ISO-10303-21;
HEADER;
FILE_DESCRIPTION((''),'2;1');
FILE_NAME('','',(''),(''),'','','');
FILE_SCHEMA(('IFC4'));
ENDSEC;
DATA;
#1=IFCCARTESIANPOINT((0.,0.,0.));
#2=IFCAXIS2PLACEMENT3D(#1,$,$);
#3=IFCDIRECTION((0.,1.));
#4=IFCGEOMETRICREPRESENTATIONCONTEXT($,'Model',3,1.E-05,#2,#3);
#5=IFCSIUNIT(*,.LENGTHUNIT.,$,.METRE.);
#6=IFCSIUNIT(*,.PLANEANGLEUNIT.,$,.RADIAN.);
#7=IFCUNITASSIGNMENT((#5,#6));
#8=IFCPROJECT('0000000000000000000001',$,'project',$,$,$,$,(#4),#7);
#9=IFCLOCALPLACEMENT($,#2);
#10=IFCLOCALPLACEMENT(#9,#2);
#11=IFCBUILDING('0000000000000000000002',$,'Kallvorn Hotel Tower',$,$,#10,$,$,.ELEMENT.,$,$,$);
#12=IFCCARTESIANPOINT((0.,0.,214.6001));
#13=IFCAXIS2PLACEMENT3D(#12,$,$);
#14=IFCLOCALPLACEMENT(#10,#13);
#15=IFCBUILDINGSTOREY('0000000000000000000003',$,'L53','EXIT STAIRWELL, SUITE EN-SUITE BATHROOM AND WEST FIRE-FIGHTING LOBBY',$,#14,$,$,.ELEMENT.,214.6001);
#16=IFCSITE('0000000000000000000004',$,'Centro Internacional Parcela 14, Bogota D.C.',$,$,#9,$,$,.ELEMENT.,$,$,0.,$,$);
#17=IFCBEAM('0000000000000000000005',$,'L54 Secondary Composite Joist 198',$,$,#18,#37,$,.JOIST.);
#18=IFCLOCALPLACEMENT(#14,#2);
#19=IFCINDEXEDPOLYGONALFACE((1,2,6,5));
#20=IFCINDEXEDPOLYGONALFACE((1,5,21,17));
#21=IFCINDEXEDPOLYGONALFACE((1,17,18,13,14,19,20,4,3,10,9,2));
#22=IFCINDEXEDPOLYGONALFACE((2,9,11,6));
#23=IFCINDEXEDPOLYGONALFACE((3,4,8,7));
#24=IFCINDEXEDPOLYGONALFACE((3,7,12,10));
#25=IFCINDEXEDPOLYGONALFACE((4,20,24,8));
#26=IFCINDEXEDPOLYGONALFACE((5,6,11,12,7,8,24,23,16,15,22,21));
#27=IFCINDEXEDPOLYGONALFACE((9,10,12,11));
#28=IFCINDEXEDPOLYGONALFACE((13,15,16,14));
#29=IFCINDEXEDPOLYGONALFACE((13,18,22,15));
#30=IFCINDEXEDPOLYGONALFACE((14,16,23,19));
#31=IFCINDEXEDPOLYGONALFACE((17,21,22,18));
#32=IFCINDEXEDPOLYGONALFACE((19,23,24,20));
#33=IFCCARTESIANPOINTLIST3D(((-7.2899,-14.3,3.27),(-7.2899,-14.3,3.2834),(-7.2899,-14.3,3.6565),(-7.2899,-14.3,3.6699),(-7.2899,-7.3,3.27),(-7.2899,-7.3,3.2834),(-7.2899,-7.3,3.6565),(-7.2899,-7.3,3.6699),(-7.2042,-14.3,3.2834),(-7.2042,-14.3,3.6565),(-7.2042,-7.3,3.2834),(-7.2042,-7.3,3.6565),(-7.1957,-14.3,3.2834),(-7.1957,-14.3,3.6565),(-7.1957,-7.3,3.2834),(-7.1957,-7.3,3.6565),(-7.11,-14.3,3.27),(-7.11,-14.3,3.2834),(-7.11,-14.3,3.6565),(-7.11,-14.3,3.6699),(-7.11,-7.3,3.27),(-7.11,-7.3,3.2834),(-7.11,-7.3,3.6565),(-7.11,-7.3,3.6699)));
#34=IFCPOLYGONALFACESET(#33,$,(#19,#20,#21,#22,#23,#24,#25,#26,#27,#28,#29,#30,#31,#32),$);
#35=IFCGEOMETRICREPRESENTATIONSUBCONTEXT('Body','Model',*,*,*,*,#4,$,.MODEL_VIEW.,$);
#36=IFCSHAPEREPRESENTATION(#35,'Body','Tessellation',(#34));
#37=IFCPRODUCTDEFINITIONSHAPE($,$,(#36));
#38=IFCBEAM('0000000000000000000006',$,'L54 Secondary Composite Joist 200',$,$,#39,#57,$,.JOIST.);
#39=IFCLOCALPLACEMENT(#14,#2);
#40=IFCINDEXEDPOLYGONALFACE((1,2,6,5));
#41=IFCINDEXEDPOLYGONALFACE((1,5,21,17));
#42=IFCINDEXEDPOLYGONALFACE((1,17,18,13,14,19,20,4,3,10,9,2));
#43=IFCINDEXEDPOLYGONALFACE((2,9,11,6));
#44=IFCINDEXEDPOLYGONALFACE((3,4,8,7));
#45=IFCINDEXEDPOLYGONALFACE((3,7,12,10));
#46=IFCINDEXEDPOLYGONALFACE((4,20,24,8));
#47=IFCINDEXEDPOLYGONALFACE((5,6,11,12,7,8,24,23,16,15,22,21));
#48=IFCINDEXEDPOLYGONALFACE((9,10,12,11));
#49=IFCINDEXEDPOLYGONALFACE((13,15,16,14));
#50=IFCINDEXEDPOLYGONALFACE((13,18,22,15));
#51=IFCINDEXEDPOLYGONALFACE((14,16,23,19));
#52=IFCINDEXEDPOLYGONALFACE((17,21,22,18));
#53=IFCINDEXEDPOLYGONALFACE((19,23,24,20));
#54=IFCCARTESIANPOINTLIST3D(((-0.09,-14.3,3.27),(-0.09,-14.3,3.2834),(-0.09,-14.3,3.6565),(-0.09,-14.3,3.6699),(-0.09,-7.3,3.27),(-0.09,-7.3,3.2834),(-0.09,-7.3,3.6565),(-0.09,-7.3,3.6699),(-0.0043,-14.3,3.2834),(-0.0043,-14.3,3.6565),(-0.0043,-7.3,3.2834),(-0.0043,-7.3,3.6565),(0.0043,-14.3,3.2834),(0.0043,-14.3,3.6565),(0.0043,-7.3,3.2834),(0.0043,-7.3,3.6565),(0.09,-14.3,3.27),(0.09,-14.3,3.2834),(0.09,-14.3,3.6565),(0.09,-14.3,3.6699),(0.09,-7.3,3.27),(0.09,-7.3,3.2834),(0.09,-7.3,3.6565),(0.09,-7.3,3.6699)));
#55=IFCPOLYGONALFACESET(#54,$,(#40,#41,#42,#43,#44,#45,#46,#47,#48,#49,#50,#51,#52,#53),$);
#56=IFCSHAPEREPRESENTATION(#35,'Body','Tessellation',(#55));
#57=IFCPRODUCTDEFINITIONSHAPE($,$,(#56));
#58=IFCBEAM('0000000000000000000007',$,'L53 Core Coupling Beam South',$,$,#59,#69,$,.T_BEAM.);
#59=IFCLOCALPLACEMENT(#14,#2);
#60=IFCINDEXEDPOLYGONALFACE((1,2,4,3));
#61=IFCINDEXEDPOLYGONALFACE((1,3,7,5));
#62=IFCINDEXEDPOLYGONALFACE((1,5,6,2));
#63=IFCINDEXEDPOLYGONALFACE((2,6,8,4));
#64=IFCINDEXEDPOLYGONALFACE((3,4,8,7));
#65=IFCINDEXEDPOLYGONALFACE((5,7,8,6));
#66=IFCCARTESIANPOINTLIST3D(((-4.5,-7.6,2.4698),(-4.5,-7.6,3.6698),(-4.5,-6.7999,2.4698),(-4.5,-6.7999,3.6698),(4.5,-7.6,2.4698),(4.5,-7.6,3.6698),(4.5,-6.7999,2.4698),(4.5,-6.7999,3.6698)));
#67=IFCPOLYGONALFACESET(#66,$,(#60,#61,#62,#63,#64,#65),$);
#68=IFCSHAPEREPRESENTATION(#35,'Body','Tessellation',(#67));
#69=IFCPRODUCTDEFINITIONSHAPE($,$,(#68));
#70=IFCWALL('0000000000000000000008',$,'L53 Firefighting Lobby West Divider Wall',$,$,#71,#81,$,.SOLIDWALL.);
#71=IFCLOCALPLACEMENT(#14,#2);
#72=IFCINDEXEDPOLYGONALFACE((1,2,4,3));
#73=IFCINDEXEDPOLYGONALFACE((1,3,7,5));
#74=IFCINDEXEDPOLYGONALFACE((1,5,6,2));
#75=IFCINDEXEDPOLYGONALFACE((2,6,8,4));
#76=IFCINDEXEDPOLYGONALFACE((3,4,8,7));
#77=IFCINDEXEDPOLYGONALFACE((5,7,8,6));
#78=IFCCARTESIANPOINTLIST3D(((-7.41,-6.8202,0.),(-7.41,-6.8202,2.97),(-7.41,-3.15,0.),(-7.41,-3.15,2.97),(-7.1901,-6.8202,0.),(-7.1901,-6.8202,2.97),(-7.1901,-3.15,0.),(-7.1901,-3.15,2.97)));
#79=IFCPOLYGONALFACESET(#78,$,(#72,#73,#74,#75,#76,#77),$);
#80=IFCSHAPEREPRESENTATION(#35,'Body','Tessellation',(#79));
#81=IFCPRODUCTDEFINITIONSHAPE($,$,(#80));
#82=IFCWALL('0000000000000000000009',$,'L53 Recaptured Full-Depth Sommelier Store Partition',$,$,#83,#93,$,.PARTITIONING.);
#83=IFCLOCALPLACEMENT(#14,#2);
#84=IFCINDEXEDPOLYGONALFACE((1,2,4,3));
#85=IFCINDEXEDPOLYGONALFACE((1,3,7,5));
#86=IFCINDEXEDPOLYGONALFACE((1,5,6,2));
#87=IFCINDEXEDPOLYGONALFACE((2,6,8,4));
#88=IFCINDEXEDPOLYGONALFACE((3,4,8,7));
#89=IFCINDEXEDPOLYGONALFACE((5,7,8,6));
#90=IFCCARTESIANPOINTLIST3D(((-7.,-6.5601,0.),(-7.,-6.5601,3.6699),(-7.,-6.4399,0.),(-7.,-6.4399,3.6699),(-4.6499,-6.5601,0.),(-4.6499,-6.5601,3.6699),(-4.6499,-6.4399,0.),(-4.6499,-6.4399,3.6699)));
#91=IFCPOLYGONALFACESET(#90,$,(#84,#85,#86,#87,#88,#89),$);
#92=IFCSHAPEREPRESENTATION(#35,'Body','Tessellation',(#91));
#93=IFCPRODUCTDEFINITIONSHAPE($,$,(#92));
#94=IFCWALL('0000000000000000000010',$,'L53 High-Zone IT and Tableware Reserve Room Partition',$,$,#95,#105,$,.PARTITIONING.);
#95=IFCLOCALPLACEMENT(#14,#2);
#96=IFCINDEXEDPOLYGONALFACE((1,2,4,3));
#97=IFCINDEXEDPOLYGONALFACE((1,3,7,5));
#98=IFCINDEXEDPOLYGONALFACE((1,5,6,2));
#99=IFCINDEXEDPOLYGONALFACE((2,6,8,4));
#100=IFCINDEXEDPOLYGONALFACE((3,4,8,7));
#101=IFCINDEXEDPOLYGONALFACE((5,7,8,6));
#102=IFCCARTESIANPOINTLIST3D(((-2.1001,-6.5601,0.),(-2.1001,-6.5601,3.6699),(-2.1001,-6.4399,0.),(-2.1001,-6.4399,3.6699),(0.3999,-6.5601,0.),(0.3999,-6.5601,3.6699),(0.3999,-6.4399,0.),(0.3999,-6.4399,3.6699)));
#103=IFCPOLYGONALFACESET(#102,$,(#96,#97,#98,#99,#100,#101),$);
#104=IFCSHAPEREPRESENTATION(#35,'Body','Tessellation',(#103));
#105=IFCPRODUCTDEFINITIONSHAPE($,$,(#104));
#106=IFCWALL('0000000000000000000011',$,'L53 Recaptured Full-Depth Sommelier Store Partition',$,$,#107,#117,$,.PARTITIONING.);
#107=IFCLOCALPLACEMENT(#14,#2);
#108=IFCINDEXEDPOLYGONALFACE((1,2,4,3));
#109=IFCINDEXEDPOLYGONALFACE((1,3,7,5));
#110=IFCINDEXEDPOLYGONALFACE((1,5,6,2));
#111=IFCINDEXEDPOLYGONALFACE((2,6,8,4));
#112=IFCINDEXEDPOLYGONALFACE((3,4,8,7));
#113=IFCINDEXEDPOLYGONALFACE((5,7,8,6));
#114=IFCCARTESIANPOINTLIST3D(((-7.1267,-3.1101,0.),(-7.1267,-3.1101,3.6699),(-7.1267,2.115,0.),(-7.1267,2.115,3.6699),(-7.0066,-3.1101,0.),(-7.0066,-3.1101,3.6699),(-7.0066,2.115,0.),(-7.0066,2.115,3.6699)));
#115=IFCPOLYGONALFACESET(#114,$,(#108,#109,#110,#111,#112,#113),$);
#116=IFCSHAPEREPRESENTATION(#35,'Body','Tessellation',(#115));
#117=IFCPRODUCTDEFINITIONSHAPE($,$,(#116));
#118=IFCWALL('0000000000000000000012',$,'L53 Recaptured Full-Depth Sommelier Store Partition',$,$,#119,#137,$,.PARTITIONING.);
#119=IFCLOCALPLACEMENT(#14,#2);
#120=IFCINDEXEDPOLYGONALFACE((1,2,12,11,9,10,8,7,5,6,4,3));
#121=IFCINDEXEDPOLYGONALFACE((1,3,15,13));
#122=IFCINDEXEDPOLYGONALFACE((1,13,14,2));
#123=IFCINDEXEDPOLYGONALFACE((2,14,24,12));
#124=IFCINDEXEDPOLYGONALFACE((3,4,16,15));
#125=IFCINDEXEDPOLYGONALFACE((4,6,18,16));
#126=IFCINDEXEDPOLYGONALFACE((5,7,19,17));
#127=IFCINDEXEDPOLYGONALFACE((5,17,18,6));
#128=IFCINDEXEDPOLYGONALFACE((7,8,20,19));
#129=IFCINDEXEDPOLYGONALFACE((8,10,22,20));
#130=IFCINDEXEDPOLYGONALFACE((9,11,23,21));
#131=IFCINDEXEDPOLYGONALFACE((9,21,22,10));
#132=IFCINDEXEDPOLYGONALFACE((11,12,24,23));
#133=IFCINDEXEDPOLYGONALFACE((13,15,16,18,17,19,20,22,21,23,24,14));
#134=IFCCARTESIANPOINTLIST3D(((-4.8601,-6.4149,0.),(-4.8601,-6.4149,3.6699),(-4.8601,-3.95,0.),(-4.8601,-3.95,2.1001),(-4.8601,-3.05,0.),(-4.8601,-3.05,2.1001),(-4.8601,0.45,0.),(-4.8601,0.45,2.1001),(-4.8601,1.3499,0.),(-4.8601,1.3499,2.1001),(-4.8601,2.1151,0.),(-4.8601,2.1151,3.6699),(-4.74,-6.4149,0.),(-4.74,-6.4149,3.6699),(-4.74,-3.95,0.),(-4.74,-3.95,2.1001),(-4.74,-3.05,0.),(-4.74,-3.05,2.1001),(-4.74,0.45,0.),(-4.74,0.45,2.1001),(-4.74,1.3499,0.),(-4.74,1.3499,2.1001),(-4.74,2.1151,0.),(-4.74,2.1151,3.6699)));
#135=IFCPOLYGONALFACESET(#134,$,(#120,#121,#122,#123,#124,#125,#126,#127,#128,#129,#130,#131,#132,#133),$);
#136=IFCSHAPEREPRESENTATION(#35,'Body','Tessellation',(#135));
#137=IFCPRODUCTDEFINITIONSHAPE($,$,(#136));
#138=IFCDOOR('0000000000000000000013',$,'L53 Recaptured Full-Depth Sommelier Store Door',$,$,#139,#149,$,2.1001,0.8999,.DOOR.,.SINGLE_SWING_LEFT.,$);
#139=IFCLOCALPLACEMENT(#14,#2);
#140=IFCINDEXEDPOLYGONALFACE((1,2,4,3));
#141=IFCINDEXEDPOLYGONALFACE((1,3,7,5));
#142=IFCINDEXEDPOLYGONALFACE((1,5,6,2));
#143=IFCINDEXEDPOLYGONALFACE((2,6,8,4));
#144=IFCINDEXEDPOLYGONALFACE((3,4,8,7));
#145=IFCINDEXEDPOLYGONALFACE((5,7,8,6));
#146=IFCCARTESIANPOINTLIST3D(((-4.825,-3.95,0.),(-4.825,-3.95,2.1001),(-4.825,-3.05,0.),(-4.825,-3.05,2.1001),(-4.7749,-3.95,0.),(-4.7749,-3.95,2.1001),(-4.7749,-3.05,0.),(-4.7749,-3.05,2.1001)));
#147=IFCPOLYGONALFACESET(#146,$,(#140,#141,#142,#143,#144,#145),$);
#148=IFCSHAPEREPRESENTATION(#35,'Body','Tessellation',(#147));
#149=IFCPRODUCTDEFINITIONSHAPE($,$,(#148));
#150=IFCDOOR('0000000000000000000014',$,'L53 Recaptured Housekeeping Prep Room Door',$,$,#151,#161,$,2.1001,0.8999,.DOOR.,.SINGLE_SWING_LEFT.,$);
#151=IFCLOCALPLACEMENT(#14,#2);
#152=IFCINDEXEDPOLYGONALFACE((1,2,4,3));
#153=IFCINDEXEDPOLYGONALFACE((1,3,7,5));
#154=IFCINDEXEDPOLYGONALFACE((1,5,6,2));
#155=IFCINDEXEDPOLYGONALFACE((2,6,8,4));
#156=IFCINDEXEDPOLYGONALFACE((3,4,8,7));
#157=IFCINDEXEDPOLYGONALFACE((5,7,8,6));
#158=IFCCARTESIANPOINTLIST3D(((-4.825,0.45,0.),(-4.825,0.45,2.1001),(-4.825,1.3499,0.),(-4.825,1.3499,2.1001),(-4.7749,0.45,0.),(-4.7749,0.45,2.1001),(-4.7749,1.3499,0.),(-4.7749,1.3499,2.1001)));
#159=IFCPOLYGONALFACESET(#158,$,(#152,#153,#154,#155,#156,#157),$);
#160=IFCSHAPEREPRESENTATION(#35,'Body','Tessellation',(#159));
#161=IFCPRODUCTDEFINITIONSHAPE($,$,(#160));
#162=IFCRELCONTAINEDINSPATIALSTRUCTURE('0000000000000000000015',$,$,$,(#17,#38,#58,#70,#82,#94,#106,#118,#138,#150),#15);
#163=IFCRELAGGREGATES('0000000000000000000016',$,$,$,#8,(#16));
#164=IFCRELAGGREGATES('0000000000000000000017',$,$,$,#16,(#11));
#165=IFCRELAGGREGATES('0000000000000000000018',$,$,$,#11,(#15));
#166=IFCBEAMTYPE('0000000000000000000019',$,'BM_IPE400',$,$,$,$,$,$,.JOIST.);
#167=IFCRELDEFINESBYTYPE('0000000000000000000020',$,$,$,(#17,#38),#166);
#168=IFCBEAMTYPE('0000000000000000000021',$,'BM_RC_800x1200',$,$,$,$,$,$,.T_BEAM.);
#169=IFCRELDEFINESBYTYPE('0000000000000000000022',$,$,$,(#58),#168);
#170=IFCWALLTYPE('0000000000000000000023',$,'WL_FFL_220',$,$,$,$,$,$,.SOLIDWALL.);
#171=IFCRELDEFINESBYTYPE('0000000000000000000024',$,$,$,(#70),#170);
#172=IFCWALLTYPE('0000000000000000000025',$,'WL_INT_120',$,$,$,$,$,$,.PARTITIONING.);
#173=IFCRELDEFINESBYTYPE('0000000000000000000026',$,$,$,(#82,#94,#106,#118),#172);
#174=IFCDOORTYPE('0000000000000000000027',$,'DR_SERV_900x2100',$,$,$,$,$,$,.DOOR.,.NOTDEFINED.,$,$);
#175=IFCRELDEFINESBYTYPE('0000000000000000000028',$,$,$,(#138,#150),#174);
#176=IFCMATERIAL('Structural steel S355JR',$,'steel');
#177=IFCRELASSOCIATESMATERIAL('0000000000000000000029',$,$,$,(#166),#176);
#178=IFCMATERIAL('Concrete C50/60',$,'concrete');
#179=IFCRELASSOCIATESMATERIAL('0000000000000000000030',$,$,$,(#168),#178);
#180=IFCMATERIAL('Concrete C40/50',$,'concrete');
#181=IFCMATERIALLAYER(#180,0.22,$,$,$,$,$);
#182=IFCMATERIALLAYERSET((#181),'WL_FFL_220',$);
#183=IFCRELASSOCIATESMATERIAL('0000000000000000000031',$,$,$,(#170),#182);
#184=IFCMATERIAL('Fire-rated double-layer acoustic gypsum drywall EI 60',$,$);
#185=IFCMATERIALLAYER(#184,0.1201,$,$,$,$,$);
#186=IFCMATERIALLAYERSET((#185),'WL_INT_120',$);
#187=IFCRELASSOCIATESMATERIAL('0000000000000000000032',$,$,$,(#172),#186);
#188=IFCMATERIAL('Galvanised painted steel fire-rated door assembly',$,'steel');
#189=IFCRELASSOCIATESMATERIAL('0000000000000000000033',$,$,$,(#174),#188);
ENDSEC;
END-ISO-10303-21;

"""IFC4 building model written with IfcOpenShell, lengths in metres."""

from ifc_helpers import new_model, si_unit, direction, frame, frame_2d, origin, origin_2d, place, context, subcontext, project, spatial, rectangle, i_section, extrude, material, layer, layer_set, material_profile, profile_set, type_object, element, fill, save


model = new_model("IFC4")

# Units and contexts
model_context = context("Model", 3, precision=1e-05, world=origin(), true_north=direction((0.0, 1.0)))
body_context = subcontext(model_context, "Body", "Model", "MODEL_VIEW")
ifc_project = project(units=[si_unit("LENGTHUNIT", "METRE"), si_unit("PLANEANGLEUNIT", "RADIAN")], contexts=[model_context])

# Site, building, storey
site_placement = place(None, origin())
site = spatial("IfcSite", under=ifc_project, at=site_placement, Name="Centro Internacional Parcela 14, Bogota D.C.", CompositionType="ELEMENT", RefElevation=0.0)
building_placement = place(site_placement, origin())
building = spatial("IfcBuilding", under=site, at=building_placement, Name="Kallvorn Hotel Tower", CompositionType="ELEMENT")
storey_placement = place(building_placement, frame((0.0, 0.0, 214.6001)))
storey = spatial("IfcBuildingStorey", under=building, at=storey_placement, Name="L53", Description="EXIT STAIRWELL, SUITE EN-SUITE BATHROOM AND WEST FIRE-FIGHTING LOBBY", CompositionType="ELEMENT", Elevation=214.6001)

# Beams
ifc_material_1 = material(Name="Structural steel S355JR", Category="steel")
ifc_material_profile_1 = material_profile(ifc_material_1, i_section(OverallWidth=0.1799, OverallDepth=0.3999, WebThickness=0.0085, FlangeThickness=0.0134, at=origin_2d()), Name="IPE 400")
ifc_profile_set_1 = profile_set([ifc_material_profile_1], Name="Structural steel S355JR")
beam_type_1 = type_object("IfcBeamType", Name="BM_IPE400", PredefinedType="JOIST", material=ifc_profile_set_1)
for number, where, z_axis, x_axis, name in (
    (1, (-7.2, -14.3, 3.47), (0.0, 1.0, 0.0), (-1.0, 0.0, 0.0), "L54 Secondary Composite Joist 198"),
    (2, (0.0, -14.3, 3.47), (0.0, 1.0, 0.0), (-1.0, 0.0, 0.0), "L54 Secondary Composite Joist 200"),
):
    element("IfcBeam", number, at=place(storey_placement, frame(where, z_axis=z_axis, x_axis=x_axis)), inside=storey, type_object=beam_type_1, Name=name, PredefinedType="JOIST", context=body_context, shape_type="SweptSolid", body=[
        extrude(i_section(OverallWidth=0.1799, OverallDepth=0.3999, WebThickness=0.0085, FlangeThickness=0.0134, at=origin_2d()), origin(), (0.0, 0.0, 1.0), 7.0),
    ])
ifc_material_2 = material(Name="Concrete C50/60", Category="concrete")
ifc_material_profile_2 = material_profile(ifc_material_2, rectangle(XDim=0.8, YDim=1.2, at=origin_2d()), Name="RC 800x1200")
ifc_profile_set_2 = profile_set([ifc_material_profile_2], Name="Concrete C50/60")
beam_type_2 = type_object("IfcBeamType", Name="BM_RC_800x1200", PredefinedType="T_BEAM", material=ifc_profile_set_2)
beam_1_placement = place(storey_placement, frame((-4.5, -7.2, 3.0698), z_axis=(1.0, 0.0, 0.0), x_axis=(0.0, 1.0, 0.0)))
element("IfcBeam", 3, at=beam_1_placement, inside=storey, type_object=beam_type_2, Name="L53 Core Coupling Beam South", PredefinedType="T_BEAM", context=body_context, shape_type="SweptSolid", body=[
    extrude(rectangle(XDim=0.8, YDim=1.2, at=origin_2d()), origin(), (0.0, 0.0, 1.0), 9.0),
])

# Walls
ifc_material_3 = material(Name="Concrete C40/50", Category="concrete")
ifc_layer_1 = layer(ifc_material_3, 0.22)
ifc_layer_set_1 = layer_set([ifc_layer_1], Name="WL_FFL_220")
wall_type_1 = type_object("IfcWallType", Name="WL_FFL_220", PredefinedType="SOLIDWALL", material=ifc_layer_set_1)
wall_1_placement = place(storey_placement, frame((-7.3, -6.8201, 0.0), z_axis=(0.0, 0.0, 1.0), x_axis=(0.0, 1.0, 0.0)))
element("IfcWall", 4, at=wall_1_placement, inside=storey, type_object=wall_type_1, Name="L53 Firefighting Lobby West Divider Wall", PredefinedType="SOLIDWALL", context=body_context, shape_type="SweptSolid", body=[
    extrude(rectangle(XDim=3.6702, YDim=0.22, at=frame_2d((1.835, 0.0))), origin(), (0.0, 0.0, 1.0), 2.97),
])
ifc_material_4 = material(Name="Fire-rated double-layer acoustic gypsum drywall EI 60")
ifc_layer_2 = layer(ifc_material_4, 0.1201)
ifc_layer_set_2 = layer_set([ifc_layer_2], Name="WL_INT_120")
wall_type_2 = type_object("IfcWallType", Name="WL_INT_120", PredefinedType="PARTITIONING", material=ifc_layer_set_2)
wall_2_placement = place(storey_placement, frame((-7.0, -6.5, 0.0), z_axis=(0.0, 0.0, 1.0), x_axis=(1.0, 0.0, 0.0)))
element("IfcWall", 5, at=wall_2_placement, inside=storey, type_object=wall_type_2, Name="L53 Recaptured Full-Depth Sommelier Store Partition", PredefinedType="PARTITIONING", context=body_context, shape_type="SweptSolid", body=[
    extrude(rectangle(XDim=2.3501, YDim=0.1201, at=frame_2d((1.175, 0.0))), origin(), (0.0, 0.0, 1.0), 3.6699),
])
wall_3_placement = place(storey_placement, frame((-2.1001, -6.5, 0.0), z_axis=(0.0, 0.0, 1.0), x_axis=(1.0, 0.0, 0.0)))
element("IfcWall", 6, at=wall_3_placement, inside=storey, type_object=wall_type_2, Name="L53 High-Zone IT and Tableware Reserve Room Partition", PredefinedType="PARTITIONING", context=body_context, shape_type="SweptSolid", body=[
    extrude(rectangle(XDim=2.5, YDim=0.1201, at=frame_2d((1.25, 0.0))), origin(), (0.0, 0.0, 1.0), 3.6699),
])
wall_4_placement = place(storey_placement, frame((-7.0667, -3.1101, 0.0), z_axis=(0.0, 0.0, 1.0), x_axis=(0.0, 1.0, 0.0)))
element("IfcWall", 7, at=wall_4_placement, inside=storey, type_object=wall_type_2, Name="L53 Recaptured Full-Depth Sommelier Store Partition", PredefinedType="PARTITIONING", context=body_context, shape_type="SweptSolid", body=[
    extrude(rectangle(XDim=5.2251, YDim=0.1201, at=frame_2d((2.6125, 0.0))), origin(), (0.0, 0.0, 1.0), 3.6699),
])

# Wall, openings, doors
wall_5_placement = place(storey_placement, frame((-4.8, -6.415, 0.0), z_axis=(0.0, 0.0, 1.0), x_axis=(0.0, 1.0, 0.0)))
wall_5 = element("IfcWall", 8, at=wall_5_placement, inside=storey, type_object=wall_type_2, Name="L53 Recaptured Full-Depth Sommelier Store Partition", PredefinedType="PARTITIONING", context=body_context, shape_type="SweptSolid", body=[
    extrude(rectangle(XDim=8.53, YDim=0.1201, at=frame_2d((4.2651, 0.0))), origin(), (0.0, 0.0, 1.0), 3.6699),
])
opening_1_placement = place(wall_5_placement, frame((2.4651, 0.0, 0.0)))
opening_1 = element("IfcOpeningElement", 9, at=opening_1_placement, cuts=wall_5, PredefinedType="OPENING", context=body_context, shape_type="SweptSolid", body=[
    extrude(rectangle(XDim=0.8999, YDim=2.1001, at=frame_2d((0.45, 1.05))), frame((0.0, 0.075, 0.0), z_axis=(0.0, -1.0, 0.0), x_axis=(1.0, 0.0, 0.0)), (0.0, 0.0, 1.0), 0.1501),
])
opening_2_placement = place(wall_5_placement, frame((6.865, 0.0, 0.0)))
opening_2 = element("IfcOpeningElement", 10, at=opening_2_placement, cuts=wall_5, PredefinedType="OPENING", context=body_context, shape_type="SweptSolid", body=[
    extrude(rectangle(XDim=0.8999, YDim=2.1001, at=frame_2d((0.45, 1.05))), frame((0.0, 0.075, 0.0), z_axis=(0.0, -1.0, 0.0), x_axis=(1.0, 0.0, 0.0)), (0.0, 0.0, 1.0), 0.1501),
])
ifc_material_5 = material(Name="Galvanised painted steel fire-rated door assembly", Category="steel")
door_type_1 = type_object("IfcDoorType", Name="DR_SERV_900x2100", OperationType="NOTDEFINED", PredefinedType="DOOR", material=ifc_material_5)
door_1_placement = place(opening_1_placement, origin())
door_1 = element("IfcDoor", 11, at=door_1_placement, inside=storey, type_object=door_type_1, Name="L53 Recaptured Full-Depth Sommelier Store Door", OperationType="SINGLE_SWING_LEFT", OverallHeight=2.1001, OverallWidth=0.8999, PredefinedType="DOOR", context=body_context, shape_type="SweptSolid", body=[
    extrude(rectangle(XDim=0.8999, YDim=2.1001, at=frame_2d((0.45, 1.05))), frame((0.0, 0.0249, 0.0), z_axis=(0.0, -1.0, 0.0), x_axis=(1.0, 0.0, 0.0)), (0.0, 0.0, 1.0), 0.05),
])
fill(opening_1, door_1)
door_2_placement = place(opening_2_placement, origin())
door_2 = element("IfcDoor", 12, at=door_2_placement, inside=storey, type_object=door_type_1, Name="L53 Recaptured Housekeeping Prep Room Door", OperationType="SINGLE_SWING_LEFT", OverallHeight=2.1001, OverallWidth=0.8999, PredefinedType="DOOR", context=body_context, shape_type="SweptSolid", body=[
    extrude(rectangle(XDim=0.8999, YDim=2.1001, at=frame_2d((0.45, 1.05))), frame((0.0, 0.0249, 0.0), z_axis=(0.0, -1.0, 0.0), x_axis=(1.0, 0.0, 0.0)), (0.0, 0.0, 1.0), 0.05),
])
fill(opening_2, door_2)

save(model, "model.ifc")
